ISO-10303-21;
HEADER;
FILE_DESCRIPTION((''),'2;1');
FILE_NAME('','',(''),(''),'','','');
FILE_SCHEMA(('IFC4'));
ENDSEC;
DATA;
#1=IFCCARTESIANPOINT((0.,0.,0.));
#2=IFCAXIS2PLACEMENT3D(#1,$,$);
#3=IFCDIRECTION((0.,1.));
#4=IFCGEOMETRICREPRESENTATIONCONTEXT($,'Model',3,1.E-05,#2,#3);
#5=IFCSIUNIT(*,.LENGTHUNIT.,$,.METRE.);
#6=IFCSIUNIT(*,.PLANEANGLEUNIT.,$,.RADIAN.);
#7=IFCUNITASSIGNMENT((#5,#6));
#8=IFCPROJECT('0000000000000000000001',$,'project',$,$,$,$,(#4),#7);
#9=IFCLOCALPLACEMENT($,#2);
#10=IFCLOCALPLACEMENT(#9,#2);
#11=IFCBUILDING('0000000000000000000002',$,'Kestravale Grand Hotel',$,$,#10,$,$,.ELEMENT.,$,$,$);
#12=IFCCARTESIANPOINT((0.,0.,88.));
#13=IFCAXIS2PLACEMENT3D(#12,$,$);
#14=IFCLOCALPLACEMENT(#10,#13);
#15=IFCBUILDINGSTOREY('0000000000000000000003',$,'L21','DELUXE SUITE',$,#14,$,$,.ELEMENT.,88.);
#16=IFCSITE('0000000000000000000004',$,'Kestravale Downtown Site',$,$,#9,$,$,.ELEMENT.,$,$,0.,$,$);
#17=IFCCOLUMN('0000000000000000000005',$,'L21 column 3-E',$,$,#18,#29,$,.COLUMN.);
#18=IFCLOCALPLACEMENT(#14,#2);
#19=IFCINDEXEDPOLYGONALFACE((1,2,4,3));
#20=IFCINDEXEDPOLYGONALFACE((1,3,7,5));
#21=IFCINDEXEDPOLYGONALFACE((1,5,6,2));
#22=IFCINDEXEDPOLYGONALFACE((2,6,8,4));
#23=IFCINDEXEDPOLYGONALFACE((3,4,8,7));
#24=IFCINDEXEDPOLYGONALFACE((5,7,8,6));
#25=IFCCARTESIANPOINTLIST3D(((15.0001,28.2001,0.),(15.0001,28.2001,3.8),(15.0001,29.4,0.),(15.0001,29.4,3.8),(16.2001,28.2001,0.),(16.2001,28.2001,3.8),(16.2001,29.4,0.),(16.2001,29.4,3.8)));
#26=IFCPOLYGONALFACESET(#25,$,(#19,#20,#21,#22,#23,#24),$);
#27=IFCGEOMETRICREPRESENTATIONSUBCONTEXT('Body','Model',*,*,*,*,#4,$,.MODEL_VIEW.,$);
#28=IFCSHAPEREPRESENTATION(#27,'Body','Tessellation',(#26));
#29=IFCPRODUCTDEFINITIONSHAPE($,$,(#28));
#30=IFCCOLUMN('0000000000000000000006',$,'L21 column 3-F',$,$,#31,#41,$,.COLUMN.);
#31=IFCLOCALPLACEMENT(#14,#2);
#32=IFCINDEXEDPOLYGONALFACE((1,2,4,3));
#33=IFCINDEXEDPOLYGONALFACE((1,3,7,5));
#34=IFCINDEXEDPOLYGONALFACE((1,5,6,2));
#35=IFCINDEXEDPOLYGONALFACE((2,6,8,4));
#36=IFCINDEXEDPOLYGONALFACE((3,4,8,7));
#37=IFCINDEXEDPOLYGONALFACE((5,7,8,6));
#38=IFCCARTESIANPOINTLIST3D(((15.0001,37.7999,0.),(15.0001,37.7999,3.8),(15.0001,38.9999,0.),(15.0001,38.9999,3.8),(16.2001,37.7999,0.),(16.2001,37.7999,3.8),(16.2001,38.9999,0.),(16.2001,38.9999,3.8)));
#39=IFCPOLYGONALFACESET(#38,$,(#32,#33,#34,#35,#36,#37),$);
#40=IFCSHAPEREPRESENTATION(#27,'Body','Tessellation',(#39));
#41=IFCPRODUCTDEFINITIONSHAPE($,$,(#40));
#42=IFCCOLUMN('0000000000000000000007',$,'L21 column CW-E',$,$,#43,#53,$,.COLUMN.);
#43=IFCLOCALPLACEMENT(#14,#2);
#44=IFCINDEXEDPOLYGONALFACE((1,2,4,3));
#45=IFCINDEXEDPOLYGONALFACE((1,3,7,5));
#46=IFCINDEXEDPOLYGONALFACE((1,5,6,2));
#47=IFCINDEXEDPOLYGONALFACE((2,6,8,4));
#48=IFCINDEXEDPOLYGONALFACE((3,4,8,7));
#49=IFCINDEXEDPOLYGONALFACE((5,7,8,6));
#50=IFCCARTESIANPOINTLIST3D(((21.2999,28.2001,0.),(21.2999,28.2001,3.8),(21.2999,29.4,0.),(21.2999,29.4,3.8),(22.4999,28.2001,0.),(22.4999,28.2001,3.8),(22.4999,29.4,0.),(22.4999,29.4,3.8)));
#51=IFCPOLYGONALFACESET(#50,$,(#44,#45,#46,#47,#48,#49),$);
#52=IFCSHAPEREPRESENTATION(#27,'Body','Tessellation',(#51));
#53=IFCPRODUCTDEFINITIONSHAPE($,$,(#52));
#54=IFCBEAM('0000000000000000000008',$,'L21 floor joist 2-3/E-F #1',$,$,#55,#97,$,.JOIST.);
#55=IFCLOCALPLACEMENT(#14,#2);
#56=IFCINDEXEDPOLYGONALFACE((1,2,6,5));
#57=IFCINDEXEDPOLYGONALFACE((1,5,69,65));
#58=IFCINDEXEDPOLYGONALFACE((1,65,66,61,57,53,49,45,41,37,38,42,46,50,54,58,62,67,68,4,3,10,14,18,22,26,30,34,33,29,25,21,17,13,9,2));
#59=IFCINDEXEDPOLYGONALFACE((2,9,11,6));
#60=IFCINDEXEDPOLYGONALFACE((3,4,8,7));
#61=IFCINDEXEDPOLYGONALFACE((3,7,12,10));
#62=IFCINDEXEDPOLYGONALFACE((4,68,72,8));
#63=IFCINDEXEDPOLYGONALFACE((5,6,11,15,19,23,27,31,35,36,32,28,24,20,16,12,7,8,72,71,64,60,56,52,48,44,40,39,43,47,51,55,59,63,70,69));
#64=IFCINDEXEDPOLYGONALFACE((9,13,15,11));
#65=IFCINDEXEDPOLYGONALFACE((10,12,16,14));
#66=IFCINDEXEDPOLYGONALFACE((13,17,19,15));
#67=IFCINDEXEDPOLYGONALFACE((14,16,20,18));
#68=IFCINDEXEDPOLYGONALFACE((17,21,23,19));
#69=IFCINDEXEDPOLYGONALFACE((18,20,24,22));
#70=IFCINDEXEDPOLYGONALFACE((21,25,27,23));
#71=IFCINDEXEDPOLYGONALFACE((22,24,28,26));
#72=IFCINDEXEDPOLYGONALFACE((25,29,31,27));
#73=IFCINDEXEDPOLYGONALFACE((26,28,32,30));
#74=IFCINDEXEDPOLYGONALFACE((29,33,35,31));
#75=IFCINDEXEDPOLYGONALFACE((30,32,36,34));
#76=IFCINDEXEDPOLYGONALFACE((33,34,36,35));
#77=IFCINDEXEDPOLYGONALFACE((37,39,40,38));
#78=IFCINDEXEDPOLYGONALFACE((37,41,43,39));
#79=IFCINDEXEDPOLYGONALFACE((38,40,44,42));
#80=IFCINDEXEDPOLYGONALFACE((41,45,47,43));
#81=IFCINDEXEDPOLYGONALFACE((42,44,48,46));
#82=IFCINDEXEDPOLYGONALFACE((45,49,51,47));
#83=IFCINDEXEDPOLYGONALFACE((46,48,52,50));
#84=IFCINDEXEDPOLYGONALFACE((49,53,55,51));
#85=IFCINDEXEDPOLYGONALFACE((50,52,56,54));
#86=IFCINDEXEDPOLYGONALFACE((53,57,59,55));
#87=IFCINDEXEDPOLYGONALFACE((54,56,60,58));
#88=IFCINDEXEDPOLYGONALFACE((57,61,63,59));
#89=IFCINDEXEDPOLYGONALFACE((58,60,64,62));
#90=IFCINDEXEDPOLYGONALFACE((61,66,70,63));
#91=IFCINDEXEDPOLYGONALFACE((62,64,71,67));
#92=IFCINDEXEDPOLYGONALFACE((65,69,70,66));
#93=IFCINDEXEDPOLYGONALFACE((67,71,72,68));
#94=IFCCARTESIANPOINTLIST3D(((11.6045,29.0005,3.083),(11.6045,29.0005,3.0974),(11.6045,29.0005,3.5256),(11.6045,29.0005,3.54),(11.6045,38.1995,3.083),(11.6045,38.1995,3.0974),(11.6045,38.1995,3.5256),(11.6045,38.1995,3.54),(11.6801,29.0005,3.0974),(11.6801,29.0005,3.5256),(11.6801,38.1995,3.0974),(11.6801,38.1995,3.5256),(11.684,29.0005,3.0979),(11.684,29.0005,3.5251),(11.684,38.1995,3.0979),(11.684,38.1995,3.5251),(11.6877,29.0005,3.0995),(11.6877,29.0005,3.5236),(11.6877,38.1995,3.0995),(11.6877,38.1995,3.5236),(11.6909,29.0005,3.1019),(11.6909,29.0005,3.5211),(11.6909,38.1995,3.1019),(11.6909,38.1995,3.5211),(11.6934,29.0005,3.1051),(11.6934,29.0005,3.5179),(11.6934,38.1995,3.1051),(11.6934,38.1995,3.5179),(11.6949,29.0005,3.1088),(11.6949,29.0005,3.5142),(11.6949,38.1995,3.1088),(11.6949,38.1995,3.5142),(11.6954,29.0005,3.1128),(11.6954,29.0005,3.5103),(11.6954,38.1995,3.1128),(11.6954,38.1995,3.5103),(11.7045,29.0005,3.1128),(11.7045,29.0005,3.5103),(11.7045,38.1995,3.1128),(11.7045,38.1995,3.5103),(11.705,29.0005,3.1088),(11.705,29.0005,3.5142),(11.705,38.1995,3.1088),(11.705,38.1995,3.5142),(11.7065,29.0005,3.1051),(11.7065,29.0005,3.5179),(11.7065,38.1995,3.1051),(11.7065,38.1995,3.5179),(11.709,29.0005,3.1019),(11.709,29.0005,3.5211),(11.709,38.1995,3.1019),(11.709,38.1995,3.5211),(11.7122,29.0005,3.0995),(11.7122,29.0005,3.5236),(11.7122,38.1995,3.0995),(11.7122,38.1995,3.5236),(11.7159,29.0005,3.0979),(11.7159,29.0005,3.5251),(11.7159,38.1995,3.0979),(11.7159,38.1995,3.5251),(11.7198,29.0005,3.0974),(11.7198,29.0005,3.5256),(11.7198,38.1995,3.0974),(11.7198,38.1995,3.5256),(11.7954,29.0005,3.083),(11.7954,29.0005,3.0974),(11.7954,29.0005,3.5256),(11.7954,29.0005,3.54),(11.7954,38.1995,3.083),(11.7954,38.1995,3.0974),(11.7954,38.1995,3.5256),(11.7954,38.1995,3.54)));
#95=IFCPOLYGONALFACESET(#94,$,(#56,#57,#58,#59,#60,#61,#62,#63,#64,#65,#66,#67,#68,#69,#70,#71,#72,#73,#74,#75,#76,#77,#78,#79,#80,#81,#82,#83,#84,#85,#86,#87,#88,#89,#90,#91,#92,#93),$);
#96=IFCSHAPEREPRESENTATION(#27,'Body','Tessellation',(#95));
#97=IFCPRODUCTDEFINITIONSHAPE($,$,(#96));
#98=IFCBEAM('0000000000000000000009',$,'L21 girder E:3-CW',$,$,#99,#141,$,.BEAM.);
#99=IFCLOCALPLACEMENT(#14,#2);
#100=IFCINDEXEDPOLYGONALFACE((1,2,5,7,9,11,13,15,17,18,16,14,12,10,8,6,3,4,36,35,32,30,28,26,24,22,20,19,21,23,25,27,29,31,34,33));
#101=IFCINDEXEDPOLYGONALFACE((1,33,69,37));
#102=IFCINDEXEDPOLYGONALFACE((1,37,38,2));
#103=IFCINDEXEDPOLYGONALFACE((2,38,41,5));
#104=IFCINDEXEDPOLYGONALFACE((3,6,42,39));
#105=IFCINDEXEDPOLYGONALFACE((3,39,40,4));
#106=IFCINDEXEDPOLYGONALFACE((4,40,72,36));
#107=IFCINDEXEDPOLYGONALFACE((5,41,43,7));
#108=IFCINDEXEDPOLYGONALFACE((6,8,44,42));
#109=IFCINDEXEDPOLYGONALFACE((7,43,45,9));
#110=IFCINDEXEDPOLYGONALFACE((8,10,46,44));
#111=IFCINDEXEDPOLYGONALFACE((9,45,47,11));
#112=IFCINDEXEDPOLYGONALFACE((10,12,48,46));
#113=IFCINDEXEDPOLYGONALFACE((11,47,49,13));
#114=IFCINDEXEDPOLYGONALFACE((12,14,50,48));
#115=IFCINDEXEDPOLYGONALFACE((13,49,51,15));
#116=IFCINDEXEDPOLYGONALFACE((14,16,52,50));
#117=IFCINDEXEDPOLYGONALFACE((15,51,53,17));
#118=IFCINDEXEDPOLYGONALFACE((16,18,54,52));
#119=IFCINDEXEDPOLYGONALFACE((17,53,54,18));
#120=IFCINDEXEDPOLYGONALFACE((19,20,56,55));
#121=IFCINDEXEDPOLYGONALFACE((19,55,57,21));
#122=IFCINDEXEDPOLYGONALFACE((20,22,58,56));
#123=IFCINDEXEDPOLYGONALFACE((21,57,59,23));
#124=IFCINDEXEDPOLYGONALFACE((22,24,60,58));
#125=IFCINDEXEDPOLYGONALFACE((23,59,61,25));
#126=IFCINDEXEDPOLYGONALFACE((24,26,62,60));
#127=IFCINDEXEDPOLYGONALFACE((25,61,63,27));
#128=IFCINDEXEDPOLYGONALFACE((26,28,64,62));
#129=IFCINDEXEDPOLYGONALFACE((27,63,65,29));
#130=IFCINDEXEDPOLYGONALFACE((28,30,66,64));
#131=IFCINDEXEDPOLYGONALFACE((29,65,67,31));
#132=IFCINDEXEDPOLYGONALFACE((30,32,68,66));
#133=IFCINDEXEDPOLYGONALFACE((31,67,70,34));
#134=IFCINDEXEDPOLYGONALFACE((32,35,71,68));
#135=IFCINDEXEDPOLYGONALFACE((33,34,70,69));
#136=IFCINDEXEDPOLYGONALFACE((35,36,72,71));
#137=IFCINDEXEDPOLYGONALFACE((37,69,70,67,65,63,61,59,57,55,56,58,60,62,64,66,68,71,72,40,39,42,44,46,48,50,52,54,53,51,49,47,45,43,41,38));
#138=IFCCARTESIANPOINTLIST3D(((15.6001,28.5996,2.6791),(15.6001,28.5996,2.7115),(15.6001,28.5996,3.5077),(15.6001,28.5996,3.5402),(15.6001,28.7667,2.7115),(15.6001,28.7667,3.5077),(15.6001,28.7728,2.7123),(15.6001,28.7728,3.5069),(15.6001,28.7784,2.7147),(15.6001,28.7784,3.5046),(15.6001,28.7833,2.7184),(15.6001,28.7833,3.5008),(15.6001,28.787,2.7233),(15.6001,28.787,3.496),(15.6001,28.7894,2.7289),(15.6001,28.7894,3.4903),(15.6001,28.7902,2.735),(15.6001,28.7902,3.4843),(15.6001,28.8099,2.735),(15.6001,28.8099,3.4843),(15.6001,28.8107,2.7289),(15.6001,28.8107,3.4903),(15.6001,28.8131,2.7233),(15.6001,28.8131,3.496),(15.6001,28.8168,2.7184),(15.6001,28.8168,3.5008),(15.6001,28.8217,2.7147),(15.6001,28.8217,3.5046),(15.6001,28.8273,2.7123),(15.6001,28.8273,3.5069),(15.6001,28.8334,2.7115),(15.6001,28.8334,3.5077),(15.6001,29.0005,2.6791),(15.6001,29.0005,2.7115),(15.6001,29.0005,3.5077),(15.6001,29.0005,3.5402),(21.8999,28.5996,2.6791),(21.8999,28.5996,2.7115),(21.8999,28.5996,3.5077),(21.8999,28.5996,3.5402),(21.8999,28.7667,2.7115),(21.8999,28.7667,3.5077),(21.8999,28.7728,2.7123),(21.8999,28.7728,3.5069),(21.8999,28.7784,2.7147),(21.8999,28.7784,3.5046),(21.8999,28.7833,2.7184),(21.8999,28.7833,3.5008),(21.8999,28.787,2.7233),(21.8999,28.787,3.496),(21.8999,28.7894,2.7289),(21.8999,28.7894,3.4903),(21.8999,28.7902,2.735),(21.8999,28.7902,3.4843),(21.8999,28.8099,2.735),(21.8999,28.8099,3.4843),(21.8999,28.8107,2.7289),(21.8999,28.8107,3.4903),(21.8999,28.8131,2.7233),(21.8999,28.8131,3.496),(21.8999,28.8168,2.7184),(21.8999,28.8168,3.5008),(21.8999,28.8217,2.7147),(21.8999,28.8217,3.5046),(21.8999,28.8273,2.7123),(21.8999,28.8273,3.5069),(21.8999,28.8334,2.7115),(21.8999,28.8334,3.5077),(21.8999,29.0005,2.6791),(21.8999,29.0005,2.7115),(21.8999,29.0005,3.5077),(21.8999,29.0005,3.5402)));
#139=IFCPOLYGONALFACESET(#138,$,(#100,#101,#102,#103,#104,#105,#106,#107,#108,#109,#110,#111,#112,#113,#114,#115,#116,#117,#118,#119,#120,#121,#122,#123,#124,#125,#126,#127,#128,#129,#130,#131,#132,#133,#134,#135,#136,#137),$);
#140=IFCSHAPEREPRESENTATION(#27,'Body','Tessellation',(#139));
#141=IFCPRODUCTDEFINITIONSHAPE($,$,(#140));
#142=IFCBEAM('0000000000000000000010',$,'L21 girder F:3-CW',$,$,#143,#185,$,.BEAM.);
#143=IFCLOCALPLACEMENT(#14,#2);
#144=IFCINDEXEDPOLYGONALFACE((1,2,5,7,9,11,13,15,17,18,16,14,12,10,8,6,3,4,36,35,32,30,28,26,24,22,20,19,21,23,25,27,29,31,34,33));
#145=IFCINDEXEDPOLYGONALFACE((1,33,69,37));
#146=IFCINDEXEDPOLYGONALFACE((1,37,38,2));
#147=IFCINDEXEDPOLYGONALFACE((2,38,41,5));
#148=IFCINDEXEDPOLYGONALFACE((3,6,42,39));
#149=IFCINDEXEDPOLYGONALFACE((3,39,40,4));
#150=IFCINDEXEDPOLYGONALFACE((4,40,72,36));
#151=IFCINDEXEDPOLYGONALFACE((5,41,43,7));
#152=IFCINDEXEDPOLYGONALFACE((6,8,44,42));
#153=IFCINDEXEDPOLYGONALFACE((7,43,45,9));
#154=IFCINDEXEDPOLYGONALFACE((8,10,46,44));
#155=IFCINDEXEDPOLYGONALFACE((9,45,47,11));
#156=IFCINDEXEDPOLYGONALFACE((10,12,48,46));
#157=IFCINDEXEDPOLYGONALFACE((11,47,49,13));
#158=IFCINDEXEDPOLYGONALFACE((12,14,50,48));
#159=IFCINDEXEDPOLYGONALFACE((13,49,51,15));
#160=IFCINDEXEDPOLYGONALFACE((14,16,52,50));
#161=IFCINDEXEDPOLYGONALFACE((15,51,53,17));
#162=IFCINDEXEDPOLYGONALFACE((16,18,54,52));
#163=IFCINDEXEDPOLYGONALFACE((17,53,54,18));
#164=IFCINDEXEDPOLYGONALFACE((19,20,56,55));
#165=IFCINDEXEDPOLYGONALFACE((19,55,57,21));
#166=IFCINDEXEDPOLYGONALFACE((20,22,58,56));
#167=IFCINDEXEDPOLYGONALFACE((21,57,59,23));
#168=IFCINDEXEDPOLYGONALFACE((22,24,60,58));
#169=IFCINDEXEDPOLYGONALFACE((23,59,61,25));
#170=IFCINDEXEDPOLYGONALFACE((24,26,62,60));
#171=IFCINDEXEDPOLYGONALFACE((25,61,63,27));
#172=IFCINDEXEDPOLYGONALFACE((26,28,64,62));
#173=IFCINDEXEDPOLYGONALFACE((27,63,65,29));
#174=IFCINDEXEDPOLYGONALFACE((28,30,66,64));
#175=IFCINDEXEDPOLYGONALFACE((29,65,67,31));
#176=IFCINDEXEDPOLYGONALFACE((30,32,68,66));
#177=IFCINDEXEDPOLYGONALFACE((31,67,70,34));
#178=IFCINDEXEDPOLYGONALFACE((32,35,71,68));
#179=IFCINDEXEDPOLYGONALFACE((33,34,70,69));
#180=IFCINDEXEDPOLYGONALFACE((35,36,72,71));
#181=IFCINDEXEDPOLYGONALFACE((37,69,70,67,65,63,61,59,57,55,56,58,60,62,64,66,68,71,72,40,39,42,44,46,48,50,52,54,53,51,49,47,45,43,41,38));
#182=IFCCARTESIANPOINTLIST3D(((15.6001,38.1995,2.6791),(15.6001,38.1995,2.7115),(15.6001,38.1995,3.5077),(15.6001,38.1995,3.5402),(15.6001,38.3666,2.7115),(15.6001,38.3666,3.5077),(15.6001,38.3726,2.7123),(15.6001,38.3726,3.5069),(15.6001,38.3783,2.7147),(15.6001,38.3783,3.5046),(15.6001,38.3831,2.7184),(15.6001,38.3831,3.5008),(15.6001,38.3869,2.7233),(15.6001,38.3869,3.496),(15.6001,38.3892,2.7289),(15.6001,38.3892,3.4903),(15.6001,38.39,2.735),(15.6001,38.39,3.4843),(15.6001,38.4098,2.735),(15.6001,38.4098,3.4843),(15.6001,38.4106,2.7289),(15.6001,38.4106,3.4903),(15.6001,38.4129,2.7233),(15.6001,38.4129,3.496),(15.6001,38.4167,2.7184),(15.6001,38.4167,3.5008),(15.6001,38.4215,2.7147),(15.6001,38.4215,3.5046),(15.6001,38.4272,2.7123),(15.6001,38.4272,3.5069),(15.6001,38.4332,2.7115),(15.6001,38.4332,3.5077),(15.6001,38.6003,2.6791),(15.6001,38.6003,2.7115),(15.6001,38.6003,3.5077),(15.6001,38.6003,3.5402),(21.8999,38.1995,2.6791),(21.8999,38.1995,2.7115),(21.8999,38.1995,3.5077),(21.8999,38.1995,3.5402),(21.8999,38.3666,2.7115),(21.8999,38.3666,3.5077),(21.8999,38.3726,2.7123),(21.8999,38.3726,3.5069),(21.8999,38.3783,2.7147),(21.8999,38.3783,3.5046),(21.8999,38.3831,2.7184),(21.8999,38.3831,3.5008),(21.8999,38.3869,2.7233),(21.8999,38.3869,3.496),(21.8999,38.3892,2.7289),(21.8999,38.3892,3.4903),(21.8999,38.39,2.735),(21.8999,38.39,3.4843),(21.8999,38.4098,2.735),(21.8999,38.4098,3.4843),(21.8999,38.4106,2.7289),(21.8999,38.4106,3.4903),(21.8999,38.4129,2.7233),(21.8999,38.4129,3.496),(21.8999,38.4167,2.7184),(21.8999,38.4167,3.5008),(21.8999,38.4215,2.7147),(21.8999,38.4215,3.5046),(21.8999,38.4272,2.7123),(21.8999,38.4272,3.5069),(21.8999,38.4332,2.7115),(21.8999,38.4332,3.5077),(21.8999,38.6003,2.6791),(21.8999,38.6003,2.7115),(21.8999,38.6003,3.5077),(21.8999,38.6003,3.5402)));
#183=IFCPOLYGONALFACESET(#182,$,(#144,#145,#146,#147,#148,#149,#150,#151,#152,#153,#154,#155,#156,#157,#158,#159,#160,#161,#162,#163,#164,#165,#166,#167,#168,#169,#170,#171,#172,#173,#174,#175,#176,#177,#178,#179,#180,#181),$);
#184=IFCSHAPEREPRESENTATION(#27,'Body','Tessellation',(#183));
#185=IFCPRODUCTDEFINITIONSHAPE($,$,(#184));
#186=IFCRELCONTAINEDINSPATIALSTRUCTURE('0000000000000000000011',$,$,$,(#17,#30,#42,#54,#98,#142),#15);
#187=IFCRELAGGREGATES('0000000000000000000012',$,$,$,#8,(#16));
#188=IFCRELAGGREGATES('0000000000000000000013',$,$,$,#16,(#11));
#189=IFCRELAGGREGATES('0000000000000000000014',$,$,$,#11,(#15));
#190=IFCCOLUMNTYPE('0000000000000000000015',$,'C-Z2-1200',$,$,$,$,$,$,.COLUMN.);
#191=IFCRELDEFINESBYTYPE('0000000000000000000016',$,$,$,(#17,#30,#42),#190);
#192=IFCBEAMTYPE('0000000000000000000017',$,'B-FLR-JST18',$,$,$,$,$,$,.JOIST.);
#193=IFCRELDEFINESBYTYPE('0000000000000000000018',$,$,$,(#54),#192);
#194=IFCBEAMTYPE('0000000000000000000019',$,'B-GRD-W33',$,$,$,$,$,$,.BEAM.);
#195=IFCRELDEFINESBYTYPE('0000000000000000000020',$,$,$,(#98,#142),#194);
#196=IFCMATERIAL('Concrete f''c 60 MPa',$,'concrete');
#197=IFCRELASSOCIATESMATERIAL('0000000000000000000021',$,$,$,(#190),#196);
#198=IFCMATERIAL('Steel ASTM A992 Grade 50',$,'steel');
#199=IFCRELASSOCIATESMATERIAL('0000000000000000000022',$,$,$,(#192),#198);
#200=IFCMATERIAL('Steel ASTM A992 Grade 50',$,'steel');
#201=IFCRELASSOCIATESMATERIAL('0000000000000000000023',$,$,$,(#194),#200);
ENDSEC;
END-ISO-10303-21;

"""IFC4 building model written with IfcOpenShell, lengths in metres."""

from ifc_helpers import new_model, si_unit, direction, frame, origin, origin_2d, place, context, subcontext, project, spatial, rectangle, i_section, extrude, material, material_profile, profile_set, type_object, element, save


model = new_model("IFC4")

# Units and contexts
model_context = context("Model", 3, precision=1e-05, world=origin(), true_north=direction((0.0, 1.0)))
body_context = subcontext(model_context, "Body", "Model", "MODEL_VIEW")
ifc_project = project(units=[si_unit("LENGTHUNIT", "METRE"), si_unit("PLANEANGLEUNIT", "RADIAN")], contexts=[model_context])

# Site, building, storey
site_placement = place(None, origin())
site = spatial("IfcSite", under=ifc_project, at=site_placement, Name="Kestravale Downtown Site", CompositionType="ELEMENT", RefElevation=0.0)
building_placement = place(site_placement, origin())
building = spatial("IfcBuilding", under=site, at=building_placement, Name="Kestravale Grand Hotel", CompositionType="ELEMENT")
storey_placement = place(building_placement, frame((0.0, 0.0, 88.0)))
storey = spatial("IfcBuildingStorey", under=building, at=storey_placement, Name="L21", Description="DELUXE SUITE", CompositionType="ELEMENT", Elevation=88.0)

# Columns
ifc_material_1 = material(Name="Concrete f'c 60 MPa", Category="concrete")
ifc_material_profile_1 = material_profile(ifc_material_1, rectangle(XDim=1.2, YDim=1.2, at=origin_2d()))
ifc_profile_set_1 = profile_set([ifc_material_profile_1], Name="Concrete f'c 60 MPa")
column_type = type_object("IfcColumnType", Name="C-Z2-1200", PredefinedType="COLUMN", material=ifc_profile_set_1)
for number, where, z_axis, x_axis, name in (
    (1, (15.6001, 28.8, 0.0), (0.0, 0.0, 1.0), (1.0, 0.0, 0.0), "L21 column 3-E"),
    (2, (15.6001, 38.3999, 0.0), (0.0, 0.0, 1.0), (1.0, 0.0, 0.0), "L21 column 3-F"),
    (3, (21.8999, 28.8, 0.0), (0.0, 0.0, 1.0), (1.0, 0.0, 0.0), "L21 column CW-E"),
):
    element("IfcColumn", number, at=place(storey_placement, frame(where, z_axis=z_axis, x_axis=x_axis)), inside=storey, type_object=column_type, Name=name, PredefinedType="COLUMN", context=body_context, shape_type="SweptSolid", body=[
        extrude(rectangle(XDim=1.2, YDim=1.2, at=origin_2d()), origin(), (0.0, 0.0, 1.0), 3.8),
    ])

# Beams
ifc_material_2 = material(Name="Steel ASTM A992 Grade 50", Category="steel")
ifc_material_profile_2 = material_profile(ifc_material_2, i_section(OverallWidth=0.1909, OverallDepth=0.457, WebThickness=0.009, FlangeThickness=0.0144, FilletRadius=0.0154, at=origin_2d()))
ifc_profile_set_2 = profile_set([ifc_material_profile_2], Name="Steel ASTM A992 Grade 50")
beam_type_1 = type_object("IfcBeamType", Name="B-FLR-JST18", PredefinedType="JOIST", material=ifc_profile_set_2)
beam_1_placement = place(storey_placement, frame((11.7, 29.0005, 3.3115), z_axis=(0.0, 1.0, 0.0), x_axis=(-1.0, 0.0, 0.0)))
element("IfcBeam", 4, at=beam_1_placement, inside=storey, type_object=beam_type_1, Name="L21 floor joist 2-3/E-F #1", PredefinedType="JOIST", context=body_context, shape_type="SweptSolid", body=[
    extrude(i_section(OverallWidth=0.1909, OverallDepth=0.457, WebThickness=0.009, FlangeThickness=0.0144, FilletRadius=0.0154, at=origin_2d()), origin(), (0.0, 0.0, 1.0), 9.199),
])
ifc_material_3 = material(Name="Steel ASTM A992 Grade 50", Category="steel")
ifc_material_profile_3 = material_profile(ifc_material_3, i_section(OverallWidth=0.4009, OverallDepth=0.8611, WebThickness=0.0198, FlangeThickness=0.0325, FilletRadius=0.0234, at=origin_2d()))
ifc_profile_set_3 = profile_set([ifc_material_profile_3], Name="Steel ASTM A992 Grade 50")
beam_type_2 = type_object("IfcBeamType", Name="B-GRD-W33", PredefinedType="BEAM", material=ifc_profile_set_3)
for number, where, z_axis, x_axis, name in (
    (5, (15.6001, 28.8, 3.1096), (1.0, 0.0, 0.0), (0.0, 1.0, 0.0), "L21 girder E:3-CW"),
    (6, (15.6001, 38.3999, 3.1096), (1.0, 0.0, 0.0), (0.0, 1.0, 0.0), "L21 girder F:3-CW"),
):
    element("IfcBeam", number, at=place(storey_placement, frame(where, z_axis=z_axis, x_axis=x_axis)), inside=storey, type_object=beam_type_2, Name=name, PredefinedType="BEAM", context=body_context, shape_type="SweptSolid", body=[
        extrude(i_section(OverallWidth=0.4009, OverallDepth=0.8611, WebThickness=0.0198, FlangeThickness=0.0325, FilletRadius=0.0234, at=origin_2d()), origin(), (0.0, 0.0, 1.0), 6.2998),
    ])

save(model, "model.ifc")
